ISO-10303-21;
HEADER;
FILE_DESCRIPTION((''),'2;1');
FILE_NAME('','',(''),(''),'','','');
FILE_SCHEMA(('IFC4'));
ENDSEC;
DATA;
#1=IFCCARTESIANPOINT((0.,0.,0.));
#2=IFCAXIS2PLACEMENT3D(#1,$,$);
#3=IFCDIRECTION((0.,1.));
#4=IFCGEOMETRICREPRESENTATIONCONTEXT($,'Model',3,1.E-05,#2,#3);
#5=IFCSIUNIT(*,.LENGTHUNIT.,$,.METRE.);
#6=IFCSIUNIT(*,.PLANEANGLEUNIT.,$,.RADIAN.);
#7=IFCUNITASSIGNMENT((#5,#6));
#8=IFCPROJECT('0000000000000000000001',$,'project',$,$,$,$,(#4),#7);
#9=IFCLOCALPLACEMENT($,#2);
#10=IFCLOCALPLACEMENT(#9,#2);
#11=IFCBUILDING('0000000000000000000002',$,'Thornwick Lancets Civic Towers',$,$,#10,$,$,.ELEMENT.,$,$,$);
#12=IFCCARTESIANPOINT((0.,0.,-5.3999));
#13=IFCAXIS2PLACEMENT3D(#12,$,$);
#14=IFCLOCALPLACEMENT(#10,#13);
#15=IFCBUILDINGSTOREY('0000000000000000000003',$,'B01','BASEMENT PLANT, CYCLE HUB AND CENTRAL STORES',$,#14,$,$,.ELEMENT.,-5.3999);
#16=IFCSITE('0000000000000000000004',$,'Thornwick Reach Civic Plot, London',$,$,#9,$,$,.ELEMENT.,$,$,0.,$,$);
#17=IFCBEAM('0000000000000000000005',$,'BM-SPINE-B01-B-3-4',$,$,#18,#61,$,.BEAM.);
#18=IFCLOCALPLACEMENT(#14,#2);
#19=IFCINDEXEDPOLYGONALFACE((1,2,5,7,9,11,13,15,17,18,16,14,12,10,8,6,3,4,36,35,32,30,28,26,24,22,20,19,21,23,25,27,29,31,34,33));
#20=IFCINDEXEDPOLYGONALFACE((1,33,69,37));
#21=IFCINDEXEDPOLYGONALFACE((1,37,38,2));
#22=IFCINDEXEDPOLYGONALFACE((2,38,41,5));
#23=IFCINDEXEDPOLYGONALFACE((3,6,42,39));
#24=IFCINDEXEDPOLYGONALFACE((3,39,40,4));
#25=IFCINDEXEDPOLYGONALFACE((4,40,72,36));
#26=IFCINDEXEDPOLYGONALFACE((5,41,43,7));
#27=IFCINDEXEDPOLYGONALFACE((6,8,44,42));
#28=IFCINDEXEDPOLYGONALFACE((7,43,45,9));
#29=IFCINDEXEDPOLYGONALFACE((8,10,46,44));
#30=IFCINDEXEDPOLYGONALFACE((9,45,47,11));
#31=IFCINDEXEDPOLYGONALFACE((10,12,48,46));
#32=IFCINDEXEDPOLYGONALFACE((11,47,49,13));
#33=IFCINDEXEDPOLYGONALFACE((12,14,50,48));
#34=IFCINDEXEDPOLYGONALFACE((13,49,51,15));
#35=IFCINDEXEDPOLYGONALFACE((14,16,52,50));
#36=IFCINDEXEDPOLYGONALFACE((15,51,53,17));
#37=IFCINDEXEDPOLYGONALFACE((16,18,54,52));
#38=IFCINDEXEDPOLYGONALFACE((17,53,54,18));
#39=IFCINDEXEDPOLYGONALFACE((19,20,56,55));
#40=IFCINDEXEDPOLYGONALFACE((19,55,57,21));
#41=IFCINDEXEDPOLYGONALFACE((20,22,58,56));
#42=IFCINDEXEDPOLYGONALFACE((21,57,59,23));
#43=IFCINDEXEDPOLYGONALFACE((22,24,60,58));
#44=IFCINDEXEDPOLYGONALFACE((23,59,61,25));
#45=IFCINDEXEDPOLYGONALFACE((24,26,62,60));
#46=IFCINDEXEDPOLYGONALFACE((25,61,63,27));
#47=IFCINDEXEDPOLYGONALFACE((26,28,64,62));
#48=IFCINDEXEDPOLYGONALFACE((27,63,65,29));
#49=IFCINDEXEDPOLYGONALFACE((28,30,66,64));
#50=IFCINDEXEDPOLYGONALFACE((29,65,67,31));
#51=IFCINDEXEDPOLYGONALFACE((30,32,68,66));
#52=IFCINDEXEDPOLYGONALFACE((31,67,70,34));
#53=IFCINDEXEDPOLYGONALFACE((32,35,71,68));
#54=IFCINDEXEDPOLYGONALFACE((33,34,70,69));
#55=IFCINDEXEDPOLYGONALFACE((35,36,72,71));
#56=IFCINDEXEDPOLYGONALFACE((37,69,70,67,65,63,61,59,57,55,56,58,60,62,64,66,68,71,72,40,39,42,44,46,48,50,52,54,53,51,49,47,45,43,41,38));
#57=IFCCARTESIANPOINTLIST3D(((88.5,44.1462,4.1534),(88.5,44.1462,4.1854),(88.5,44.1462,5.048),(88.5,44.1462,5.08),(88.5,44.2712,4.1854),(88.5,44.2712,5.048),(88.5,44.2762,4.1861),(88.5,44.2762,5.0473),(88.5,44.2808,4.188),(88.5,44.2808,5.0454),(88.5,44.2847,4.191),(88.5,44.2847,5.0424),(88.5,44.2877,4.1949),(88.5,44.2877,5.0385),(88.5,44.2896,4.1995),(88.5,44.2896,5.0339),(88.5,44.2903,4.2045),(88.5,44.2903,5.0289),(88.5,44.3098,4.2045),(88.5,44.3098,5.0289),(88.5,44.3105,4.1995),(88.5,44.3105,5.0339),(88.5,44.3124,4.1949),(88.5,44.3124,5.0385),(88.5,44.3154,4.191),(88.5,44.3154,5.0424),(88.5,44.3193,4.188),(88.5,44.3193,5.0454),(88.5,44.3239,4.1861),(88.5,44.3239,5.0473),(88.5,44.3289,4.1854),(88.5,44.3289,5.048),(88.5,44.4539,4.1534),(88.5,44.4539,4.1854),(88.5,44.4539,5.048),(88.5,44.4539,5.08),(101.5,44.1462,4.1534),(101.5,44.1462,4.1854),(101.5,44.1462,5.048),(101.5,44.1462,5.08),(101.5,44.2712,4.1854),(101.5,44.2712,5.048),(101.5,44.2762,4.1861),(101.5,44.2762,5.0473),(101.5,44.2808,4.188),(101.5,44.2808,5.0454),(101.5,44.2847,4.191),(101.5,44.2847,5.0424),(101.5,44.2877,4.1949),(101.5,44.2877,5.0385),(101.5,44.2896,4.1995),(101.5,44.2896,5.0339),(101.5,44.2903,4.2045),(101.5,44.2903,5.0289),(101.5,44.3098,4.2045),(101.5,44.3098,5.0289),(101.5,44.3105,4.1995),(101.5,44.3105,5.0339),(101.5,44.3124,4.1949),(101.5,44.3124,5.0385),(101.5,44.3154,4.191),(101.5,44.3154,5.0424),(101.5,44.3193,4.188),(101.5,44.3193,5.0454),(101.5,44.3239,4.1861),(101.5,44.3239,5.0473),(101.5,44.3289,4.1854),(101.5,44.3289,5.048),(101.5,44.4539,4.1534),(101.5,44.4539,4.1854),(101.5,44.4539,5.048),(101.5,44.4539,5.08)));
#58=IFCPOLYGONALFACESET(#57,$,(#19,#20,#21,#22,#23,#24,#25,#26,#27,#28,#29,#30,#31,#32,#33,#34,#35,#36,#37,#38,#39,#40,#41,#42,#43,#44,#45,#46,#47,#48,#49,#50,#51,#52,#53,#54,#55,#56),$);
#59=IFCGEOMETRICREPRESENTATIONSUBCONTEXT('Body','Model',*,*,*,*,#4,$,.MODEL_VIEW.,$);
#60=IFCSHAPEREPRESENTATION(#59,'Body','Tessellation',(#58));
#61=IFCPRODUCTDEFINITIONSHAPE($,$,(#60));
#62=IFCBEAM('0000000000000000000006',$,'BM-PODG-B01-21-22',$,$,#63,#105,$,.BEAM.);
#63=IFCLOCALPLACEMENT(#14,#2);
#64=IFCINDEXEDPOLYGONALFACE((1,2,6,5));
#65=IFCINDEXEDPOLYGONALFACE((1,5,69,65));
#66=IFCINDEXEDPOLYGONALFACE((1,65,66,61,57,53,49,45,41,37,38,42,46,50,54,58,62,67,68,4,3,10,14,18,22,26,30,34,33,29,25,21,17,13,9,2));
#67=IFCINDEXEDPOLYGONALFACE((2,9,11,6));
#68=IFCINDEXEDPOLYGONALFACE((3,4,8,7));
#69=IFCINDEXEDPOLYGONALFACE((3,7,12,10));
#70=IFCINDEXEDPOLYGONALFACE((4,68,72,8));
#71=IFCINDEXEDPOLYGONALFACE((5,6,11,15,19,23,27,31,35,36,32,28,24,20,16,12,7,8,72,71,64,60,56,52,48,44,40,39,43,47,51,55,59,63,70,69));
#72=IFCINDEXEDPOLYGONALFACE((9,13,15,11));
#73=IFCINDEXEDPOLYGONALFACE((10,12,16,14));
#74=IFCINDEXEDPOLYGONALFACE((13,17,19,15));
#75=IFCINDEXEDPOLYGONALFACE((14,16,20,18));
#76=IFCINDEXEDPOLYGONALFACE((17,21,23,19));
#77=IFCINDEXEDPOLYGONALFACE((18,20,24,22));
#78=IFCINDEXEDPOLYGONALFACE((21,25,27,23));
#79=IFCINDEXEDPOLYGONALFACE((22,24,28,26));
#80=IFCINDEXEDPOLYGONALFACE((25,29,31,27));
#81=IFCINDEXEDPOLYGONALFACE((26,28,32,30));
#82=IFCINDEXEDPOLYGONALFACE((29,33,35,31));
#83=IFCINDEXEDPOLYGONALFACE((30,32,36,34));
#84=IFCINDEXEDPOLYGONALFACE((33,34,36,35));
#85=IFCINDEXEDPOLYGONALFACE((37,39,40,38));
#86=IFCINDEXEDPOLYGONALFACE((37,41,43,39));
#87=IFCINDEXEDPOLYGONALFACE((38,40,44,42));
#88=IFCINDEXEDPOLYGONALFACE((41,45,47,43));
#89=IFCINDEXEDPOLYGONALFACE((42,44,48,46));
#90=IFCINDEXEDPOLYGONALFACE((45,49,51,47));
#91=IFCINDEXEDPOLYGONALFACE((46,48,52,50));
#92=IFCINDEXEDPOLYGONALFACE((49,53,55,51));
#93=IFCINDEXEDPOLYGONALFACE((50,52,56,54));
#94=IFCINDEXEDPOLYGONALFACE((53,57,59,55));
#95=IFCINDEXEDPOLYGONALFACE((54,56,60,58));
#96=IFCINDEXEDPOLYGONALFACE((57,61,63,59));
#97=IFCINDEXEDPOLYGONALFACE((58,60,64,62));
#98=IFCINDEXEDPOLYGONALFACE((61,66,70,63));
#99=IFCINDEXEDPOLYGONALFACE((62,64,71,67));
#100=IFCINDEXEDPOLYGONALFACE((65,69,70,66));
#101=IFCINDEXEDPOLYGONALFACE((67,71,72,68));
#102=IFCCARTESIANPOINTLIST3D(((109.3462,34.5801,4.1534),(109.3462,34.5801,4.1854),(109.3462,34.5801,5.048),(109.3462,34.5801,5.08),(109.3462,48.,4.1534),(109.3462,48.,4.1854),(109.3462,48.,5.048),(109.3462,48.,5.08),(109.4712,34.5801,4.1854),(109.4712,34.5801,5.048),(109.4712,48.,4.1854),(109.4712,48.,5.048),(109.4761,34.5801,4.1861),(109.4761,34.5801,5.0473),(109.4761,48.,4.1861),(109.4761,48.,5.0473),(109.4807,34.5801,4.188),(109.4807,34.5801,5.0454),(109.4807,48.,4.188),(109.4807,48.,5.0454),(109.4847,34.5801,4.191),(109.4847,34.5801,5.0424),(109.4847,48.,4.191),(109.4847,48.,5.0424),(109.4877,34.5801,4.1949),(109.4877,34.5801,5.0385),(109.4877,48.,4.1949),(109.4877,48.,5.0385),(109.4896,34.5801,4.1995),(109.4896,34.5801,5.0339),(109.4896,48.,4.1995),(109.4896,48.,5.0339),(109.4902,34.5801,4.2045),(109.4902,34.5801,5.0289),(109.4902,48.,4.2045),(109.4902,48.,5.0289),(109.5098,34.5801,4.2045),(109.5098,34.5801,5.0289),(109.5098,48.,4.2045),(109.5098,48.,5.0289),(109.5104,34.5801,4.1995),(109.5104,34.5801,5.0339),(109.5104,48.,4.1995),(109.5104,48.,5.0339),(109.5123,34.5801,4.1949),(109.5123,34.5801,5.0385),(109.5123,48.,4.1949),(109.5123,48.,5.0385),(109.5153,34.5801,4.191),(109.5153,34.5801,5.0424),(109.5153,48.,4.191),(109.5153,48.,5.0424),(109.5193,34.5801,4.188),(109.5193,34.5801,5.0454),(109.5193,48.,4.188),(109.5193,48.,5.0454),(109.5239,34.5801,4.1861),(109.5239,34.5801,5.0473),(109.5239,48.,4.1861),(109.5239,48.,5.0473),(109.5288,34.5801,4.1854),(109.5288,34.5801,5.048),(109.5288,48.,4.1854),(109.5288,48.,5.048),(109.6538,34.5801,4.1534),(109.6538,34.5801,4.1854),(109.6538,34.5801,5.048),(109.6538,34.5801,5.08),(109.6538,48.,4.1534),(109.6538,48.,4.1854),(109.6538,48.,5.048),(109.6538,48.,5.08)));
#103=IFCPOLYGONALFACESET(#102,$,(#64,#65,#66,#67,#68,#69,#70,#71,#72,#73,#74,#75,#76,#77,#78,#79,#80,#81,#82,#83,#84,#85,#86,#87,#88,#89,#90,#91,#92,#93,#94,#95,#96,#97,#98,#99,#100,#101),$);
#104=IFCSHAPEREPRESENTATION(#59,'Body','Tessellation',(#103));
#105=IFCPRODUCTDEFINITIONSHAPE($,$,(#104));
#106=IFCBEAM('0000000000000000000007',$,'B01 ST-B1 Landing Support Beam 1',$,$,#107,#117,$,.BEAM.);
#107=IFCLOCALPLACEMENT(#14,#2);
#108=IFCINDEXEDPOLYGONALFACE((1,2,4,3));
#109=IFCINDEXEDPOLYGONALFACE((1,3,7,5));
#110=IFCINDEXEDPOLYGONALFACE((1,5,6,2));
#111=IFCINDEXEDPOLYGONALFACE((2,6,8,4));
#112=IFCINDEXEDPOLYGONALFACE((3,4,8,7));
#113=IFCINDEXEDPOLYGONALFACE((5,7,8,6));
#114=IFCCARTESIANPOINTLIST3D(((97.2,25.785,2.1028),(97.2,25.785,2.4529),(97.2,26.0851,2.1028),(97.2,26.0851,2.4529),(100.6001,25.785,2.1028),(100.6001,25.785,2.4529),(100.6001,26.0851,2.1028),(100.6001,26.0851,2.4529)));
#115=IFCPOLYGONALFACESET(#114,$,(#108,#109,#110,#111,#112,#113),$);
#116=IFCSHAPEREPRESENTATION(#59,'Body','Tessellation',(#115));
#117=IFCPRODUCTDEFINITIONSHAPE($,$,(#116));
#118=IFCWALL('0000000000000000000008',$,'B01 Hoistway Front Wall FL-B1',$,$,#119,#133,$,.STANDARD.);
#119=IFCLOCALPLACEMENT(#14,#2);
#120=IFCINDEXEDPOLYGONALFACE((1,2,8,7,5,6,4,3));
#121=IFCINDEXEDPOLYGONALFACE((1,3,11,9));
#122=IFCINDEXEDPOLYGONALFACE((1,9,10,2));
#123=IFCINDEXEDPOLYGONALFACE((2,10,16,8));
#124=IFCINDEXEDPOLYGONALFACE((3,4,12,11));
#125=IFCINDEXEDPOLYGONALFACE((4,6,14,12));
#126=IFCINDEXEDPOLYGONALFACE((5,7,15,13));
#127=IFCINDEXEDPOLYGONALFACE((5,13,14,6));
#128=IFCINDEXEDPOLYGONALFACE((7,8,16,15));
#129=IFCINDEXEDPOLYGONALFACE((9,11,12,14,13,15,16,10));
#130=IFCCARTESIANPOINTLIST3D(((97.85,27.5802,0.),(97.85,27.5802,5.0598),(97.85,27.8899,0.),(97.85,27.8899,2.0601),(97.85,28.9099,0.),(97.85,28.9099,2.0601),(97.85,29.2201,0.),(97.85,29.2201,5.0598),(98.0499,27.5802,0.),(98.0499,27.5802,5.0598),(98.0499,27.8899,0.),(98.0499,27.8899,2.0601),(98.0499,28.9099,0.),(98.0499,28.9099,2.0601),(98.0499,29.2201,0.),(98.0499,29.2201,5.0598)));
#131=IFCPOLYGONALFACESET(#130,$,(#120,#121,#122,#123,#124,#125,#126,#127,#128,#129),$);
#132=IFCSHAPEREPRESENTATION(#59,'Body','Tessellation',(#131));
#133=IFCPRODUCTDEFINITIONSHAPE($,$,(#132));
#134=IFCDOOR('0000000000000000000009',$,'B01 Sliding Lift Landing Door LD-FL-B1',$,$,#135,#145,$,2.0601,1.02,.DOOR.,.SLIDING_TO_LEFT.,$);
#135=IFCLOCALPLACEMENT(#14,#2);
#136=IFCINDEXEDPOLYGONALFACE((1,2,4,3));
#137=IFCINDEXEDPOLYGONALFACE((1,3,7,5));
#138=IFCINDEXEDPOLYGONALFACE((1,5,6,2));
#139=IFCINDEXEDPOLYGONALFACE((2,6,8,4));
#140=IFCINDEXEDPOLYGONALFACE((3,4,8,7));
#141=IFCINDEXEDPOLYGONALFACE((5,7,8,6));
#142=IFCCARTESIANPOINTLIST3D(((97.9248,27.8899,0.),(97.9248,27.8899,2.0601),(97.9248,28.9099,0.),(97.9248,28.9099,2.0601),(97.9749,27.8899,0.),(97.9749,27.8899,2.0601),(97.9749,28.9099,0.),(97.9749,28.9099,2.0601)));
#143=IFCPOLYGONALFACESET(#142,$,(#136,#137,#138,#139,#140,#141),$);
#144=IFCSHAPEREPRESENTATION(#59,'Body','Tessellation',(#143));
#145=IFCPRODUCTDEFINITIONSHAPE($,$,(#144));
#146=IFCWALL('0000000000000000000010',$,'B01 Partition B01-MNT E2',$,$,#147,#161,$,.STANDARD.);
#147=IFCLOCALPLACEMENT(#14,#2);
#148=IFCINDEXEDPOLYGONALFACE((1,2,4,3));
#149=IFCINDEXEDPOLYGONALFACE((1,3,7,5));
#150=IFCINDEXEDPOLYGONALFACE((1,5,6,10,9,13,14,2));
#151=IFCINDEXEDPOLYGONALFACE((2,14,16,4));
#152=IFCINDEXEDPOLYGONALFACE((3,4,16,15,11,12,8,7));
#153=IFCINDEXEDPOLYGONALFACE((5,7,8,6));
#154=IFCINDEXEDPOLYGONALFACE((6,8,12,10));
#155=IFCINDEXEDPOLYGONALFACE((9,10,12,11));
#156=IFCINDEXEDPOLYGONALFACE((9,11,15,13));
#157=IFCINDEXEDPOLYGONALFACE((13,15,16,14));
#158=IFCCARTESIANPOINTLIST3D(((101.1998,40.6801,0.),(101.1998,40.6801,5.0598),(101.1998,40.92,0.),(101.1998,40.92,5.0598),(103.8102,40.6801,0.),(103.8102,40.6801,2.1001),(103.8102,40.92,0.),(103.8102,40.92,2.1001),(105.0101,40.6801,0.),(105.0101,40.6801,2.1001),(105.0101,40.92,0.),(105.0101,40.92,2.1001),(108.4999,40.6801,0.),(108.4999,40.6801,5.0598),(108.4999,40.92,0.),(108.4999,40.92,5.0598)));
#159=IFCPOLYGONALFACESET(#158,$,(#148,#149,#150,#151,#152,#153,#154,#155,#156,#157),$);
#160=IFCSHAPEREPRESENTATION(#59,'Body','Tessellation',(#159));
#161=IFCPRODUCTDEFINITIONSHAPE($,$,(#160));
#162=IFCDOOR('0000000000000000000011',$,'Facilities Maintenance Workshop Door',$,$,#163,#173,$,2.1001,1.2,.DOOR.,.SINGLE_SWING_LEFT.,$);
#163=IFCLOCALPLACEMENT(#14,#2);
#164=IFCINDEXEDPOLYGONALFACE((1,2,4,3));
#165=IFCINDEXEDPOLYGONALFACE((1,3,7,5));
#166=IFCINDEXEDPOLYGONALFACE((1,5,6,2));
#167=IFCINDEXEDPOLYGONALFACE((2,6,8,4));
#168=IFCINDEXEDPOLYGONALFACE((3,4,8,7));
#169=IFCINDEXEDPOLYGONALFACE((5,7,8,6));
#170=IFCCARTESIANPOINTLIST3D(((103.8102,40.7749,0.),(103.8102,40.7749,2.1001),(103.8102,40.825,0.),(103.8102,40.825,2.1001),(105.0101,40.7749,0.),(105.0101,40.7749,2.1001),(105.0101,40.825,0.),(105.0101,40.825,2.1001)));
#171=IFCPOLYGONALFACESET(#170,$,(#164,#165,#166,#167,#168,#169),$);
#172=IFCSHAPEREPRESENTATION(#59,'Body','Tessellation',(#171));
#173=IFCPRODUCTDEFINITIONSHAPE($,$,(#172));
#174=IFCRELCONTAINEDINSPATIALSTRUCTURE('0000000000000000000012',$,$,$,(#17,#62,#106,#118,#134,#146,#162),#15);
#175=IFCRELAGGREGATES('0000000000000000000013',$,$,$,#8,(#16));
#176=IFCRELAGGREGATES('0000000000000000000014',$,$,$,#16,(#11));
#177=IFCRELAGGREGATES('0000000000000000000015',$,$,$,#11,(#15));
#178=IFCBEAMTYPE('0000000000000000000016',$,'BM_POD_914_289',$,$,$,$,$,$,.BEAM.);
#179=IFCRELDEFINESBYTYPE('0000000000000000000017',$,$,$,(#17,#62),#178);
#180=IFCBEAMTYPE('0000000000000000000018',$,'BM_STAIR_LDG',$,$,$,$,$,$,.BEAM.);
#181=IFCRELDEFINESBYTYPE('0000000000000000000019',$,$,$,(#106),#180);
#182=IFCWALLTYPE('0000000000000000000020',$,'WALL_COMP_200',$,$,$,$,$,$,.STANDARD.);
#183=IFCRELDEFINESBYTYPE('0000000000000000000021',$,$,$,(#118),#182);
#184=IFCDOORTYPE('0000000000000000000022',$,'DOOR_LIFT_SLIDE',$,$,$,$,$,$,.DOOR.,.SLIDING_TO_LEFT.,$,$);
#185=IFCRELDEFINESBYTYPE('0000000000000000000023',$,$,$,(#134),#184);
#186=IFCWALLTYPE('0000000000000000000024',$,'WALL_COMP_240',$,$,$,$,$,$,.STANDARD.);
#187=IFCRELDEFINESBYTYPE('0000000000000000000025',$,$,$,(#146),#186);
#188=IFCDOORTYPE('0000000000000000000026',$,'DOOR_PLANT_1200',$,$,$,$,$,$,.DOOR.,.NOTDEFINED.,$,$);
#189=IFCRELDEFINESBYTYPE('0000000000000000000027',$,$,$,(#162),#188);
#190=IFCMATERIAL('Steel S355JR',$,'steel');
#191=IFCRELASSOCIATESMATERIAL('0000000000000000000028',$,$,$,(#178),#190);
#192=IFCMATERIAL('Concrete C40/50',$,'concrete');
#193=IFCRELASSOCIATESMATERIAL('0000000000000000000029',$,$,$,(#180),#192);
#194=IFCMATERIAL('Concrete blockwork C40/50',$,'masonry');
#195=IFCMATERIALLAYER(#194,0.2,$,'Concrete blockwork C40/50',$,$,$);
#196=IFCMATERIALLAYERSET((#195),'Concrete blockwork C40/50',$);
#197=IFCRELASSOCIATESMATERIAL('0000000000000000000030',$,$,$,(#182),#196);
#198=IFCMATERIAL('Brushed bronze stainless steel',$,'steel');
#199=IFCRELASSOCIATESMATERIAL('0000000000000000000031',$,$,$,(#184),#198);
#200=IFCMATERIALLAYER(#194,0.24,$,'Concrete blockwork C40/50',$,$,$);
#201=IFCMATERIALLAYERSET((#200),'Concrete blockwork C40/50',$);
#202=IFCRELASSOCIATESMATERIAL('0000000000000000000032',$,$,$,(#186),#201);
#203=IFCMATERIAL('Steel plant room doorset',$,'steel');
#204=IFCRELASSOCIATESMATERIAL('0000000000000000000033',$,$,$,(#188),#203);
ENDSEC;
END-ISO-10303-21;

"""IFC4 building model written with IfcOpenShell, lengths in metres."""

from ifc_helpers import new_model, si_unit, direction, frame, frame_2d, origin, origin_2d, place, context, subcontext, project, spatial, rectangle, i_section, extrude, material, layer, layer_set, material_profile, profile_set, type_object, element, fill, save


model = new_model("IFC4")

# Units and contexts
model_context = context("Model", 3, precision=1e-05, world=origin(), true_north=direction((0.0, 1.0)))
body_context = subcontext(model_context, "Body", "Model", "MODEL_VIEW")
ifc_project = project(units=[si_unit("LENGTHUNIT", "METRE"), si_unit("PLANEANGLEUNIT", "RADIAN")], contexts=[model_context])

# Site, building, storey
site_placement = place(None, origin())
site = spatial("IfcSite", under=ifc_project, at=site_placement, Name="Thornwick Reach Civic Plot, London", CompositionType="ELEMENT", RefElevation=0.0)
building_placement = place(site_placement, origin())
building = spatial("IfcBuilding", under=site, at=building_placement, Name="Thornwick Lancets Civic Towers", CompositionType="ELEMENT")
storey_placement = place(building_placement, frame((0.0, 0.0, -5.3999)))
storey = spatial("IfcBuildingStorey", under=building, at=storey_placement, Name="B01", Description="BASEMENT PLANT, CYCLE HUB AND CENTRAL STORES", CompositionType="ELEMENT", Elevation=-5.3999)

# Shared definitions
ifc_material_1 = material(Name="Concrete C40/50", Category="concrete")

# Beams
ifc_material_2 = material(Name="Steel S355JR", Category="steel")
ifc_material_profile_1 = material_profile(ifc_material_2, i_section(OverallWidth=0.3076, OverallDepth=0.9265, WebThickness=0.0195, FlangeThickness=0.032, FilletRadius=0.019, at=origin_2d()), Name="UKB 914x305x289")
ifc_profile_set_1 = profile_set([ifc_material_profile_1], Name="Steel S355JR")
beam_type_1 = type_object("IfcBeamType", Name="BM_POD_914_289", PredefinedType="BEAM", material=ifc_profile_set_1)
beam_1_placement = place(storey_placement, frame((101.5, 44.3, 4.6167), z_axis=(-1.0, 0.0, 0.0), x_axis=(0.0, -1.0, 0.0)))
element("IfcBeam", 1, at=beam_1_placement, inside=storey, type_object=beam_type_1, Name="BM-SPINE-B01-B-3-4", PredefinedType="BEAM", context=body_context, shape_type="SweptSolid", body=[
    extrude(i_section(OverallWidth=0.3076, OverallDepth=0.9265, WebThickness=0.0195, FlangeThickness=0.032, FilletRadius=0.019, at=origin_2d()), origin(), (0.0, 0.0, 1.0), 13.0),
])
beam_2_placement = place(storey_placement, frame((109.5, 34.5801, 4.6167), z_axis=(0.0, 1.0, 0.0), x_axis=(-1.0, 0.0, 0.0)))
element("IfcBeam", 2, at=beam_2_placement, inside=storey, type_object=beam_type_1, Name="BM-PODG-B01-21-22", PredefinedType="BEAM", context=body_context, shape_type="SweptSolid", body=[
    extrude(i_section(OverallWidth=0.3076, OverallDepth=0.9265, WebThickness=0.0195, FlangeThickness=0.032, FilletRadius=0.019, at=origin_2d()), origin(), (0.0, 0.0, 1.0), 13.4199),
])
ifc_material_profile_2 = material_profile(ifc_material_1, rectangle(XDim=0.3, YDim=0.3501, at=origin_2d()), Name="RC 300x350")
ifc_profile_set_2 = profile_set([ifc_material_profile_2], Name="Concrete C40/50")
beam_type_2 = type_object("IfcBeamType", Name="BM_STAIR_LDG", PredefinedType="BEAM", material=ifc_profile_set_2)
beam_3_placement = place(storey_placement, frame((100.6001, 25.9351, 2.2778), z_axis=(-1.0, 0.0, 0.0), x_axis=(0.0, -1.0, 0.0)))
element("IfcBeam", 3, at=beam_3_placement, inside=storey, type_object=beam_type_2, Name="B01 ST-B1 Landing Support Beam 1", PredefinedType="BEAM", context=body_context, shape_type="SweptSolid", body=[
    extrude(rectangle(XDim=0.3, YDim=0.3501, at=origin_2d()), origin(), (0.0, 0.0, 1.0), 3.4001),
])

# Walls, openings, doors
ifc_material_3 = material(Name="Concrete blockwork C40/50", Category="masonry")
ifc_layer_1 = layer(ifc_material_3, 0.2, Name="Concrete blockwork C40/50")
ifc_layer_set_1 = layer_set([ifc_layer_1], Name="Concrete blockwork C40/50")
wall_type_1 = type_object("IfcWallType", Name="WALL_COMP_200", PredefinedType="STANDARD", material=ifc_layer_set_1)
wall_1_placement = place(storey_placement, frame((97.95, 29.22, 0.0), z_axis=(0.0, 0.0, 1.0), x_axis=(0.0, -1.0, 0.0)))
wall_1 = element("IfcWall", 4, at=wall_1_placement, inside=storey, type_object=wall_type_1, Name="B01 Hoistway Front Wall FL-B1", PredefinedType="STANDARD", context=body_context, shape_type="SweptSolid", body=[
    extrude(rectangle(XDim=1.6399, YDim=0.2, at=frame_2d((0.8198, 0.0))), origin(), (0.0, 0.0, 1.0), 5.0598),
])
opening_1_placement = place(wall_1_placement, frame((0.3101, 0.0, 0.0)))
opening_1 = element("IfcOpeningElement", 5, at=opening_1_placement, cuts=wall_1, PredefinedType="OPENING", context=body_context, shape_type="SweptSolid", body=[
    extrude(rectangle(XDim=1.02, YDim=2.0601, at=frame_2d((0.51, 1.03))), frame((0.0, 0.1099, 0.0), z_axis=(0.0, -1.0, 0.0), x_axis=(1.0, 0.0, 0.0)), (0.0, 0.0, 1.0), 0.22),
])
ifc_material_4 = material(Name="Brushed bronze stainless steel", Category="steel")
door_type_1 = type_object("IfcDoorType", Name="DOOR_LIFT_SLIDE", OperationType="SLIDING_TO_LEFT", PredefinedType="DOOR", material=ifc_material_4)
door_1_placement = place(opening_1_placement, origin())
door_1 = element("IfcDoor", 6, at=door_1_placement, inside=storey, type_object=door_type_1, Name="B01 Sliding Lift Landing Door LD-FL-B1", OperationType="SLIDING_TO_LEFT", OverallHeight=2.0601, OverallWidth=1.02, PredefinedType="DOOR", context=body_context, shape_type="SweptSolid", body=[
    extrude(rectangle(XDim=1.02, YDim=2.0601, at=frame_2d((0.51, 1.03))), frame((0.0, 0.0249, 0.0), z_axis=(0.0, -1.0, 0.0), x_axis=(1.0, 0.0, 0.0)), (0.0, 0.0, 1.0), 0.05),
])
fill(opening_1, door_1)
ifc_layer_2 = layer(ifc_material_3, 0.24, Name="Concrete blockwork C40/50")
ifc_layer_set_2 = layer_set([ifc_layer_2], Name="Concrete blockwork C40/50")
wall_type_2 = type_object("IfcWallType", Name="WALL_COMP_240", PredefinedType="STANDARD", material=ifc_layer_set_2)
wall_2_placement = place(storey_placement, frame((101.2, 40.8, 0.0), z_axis=(0.0, 0.0, 1.0), x_axis=(1.0, 0.0, 0.0)))
wall_2 = element("IfcWall", 7, at=wall_2_placement, inside=storey, type_object=wall_type_2, Name="B01 Partition B01-MNT E2", PredefinedType="STANDARD", context=body_context, shape_type="SweptSolid", body=[
    extrude(rectangle(XDim=7.3, YDim=0.24, at=frame_2d((3.6499, 0.0))), origin(), (0.0, 0.0, 1.0), 5.0598),
])
opening_2_placement = place(wall_2_placement, frame((2.6101, 0.0, 0.0)))
opening_2 = element("IfcOpeningElement", 8, at=opening_2_placement, cuts=wall_2, PredefinedType="OPENING", context=body_context, shape_type="SweptSolid", body=[
    extrude(rectangle(XDim=1.2, YDim=2.1001, at=frame_2d((0.6001, 1.05))), frame((0.0, 0.1299, 0.0), z_axis=(0.0, -1.0, 0.0), x_axis=(1.0, 0.0, 0.0)), (0.0, 0.0, 1.0), 0.26),
])
ifc_material_5 = material(Name="Steel plant room doorset", Category="steel")
door_type_2 = type_object("IfcDoorType", Name="DOOR_PLANT_1200", OperationType="NOTDEFINED", PredefinedType="DOOR", material=ifc_material_5)
door_2_placement = place(opening_2_placement, origin())
door_2 = element("IfcDoor", 9, at=door_2_placement, inside=storey, type_object=door_type_2, Name="Facilities Maintenance Workshop Door", OperationType="SINGLE_SWING_LEFT", OverallHeight=2.1001, OverallWidth=1.2, PredefinedType="DOOR", context=body_context, shape_type="SweptSolid", body=[
    extrude(rectangle(XDim=1.2, YDim=2.1001, at=frame_2d((0.6001, 1.05))), frame((0.0, 0.0249, 0.0), z_axis=(0.0, -1.0, 0.0), x_axis=(1.0, 0.0, 0.0)), (0.0, 0.0, 1.0), 0.05),
])
fill(opening_2, door_2)

save(model, "model.ifc")
